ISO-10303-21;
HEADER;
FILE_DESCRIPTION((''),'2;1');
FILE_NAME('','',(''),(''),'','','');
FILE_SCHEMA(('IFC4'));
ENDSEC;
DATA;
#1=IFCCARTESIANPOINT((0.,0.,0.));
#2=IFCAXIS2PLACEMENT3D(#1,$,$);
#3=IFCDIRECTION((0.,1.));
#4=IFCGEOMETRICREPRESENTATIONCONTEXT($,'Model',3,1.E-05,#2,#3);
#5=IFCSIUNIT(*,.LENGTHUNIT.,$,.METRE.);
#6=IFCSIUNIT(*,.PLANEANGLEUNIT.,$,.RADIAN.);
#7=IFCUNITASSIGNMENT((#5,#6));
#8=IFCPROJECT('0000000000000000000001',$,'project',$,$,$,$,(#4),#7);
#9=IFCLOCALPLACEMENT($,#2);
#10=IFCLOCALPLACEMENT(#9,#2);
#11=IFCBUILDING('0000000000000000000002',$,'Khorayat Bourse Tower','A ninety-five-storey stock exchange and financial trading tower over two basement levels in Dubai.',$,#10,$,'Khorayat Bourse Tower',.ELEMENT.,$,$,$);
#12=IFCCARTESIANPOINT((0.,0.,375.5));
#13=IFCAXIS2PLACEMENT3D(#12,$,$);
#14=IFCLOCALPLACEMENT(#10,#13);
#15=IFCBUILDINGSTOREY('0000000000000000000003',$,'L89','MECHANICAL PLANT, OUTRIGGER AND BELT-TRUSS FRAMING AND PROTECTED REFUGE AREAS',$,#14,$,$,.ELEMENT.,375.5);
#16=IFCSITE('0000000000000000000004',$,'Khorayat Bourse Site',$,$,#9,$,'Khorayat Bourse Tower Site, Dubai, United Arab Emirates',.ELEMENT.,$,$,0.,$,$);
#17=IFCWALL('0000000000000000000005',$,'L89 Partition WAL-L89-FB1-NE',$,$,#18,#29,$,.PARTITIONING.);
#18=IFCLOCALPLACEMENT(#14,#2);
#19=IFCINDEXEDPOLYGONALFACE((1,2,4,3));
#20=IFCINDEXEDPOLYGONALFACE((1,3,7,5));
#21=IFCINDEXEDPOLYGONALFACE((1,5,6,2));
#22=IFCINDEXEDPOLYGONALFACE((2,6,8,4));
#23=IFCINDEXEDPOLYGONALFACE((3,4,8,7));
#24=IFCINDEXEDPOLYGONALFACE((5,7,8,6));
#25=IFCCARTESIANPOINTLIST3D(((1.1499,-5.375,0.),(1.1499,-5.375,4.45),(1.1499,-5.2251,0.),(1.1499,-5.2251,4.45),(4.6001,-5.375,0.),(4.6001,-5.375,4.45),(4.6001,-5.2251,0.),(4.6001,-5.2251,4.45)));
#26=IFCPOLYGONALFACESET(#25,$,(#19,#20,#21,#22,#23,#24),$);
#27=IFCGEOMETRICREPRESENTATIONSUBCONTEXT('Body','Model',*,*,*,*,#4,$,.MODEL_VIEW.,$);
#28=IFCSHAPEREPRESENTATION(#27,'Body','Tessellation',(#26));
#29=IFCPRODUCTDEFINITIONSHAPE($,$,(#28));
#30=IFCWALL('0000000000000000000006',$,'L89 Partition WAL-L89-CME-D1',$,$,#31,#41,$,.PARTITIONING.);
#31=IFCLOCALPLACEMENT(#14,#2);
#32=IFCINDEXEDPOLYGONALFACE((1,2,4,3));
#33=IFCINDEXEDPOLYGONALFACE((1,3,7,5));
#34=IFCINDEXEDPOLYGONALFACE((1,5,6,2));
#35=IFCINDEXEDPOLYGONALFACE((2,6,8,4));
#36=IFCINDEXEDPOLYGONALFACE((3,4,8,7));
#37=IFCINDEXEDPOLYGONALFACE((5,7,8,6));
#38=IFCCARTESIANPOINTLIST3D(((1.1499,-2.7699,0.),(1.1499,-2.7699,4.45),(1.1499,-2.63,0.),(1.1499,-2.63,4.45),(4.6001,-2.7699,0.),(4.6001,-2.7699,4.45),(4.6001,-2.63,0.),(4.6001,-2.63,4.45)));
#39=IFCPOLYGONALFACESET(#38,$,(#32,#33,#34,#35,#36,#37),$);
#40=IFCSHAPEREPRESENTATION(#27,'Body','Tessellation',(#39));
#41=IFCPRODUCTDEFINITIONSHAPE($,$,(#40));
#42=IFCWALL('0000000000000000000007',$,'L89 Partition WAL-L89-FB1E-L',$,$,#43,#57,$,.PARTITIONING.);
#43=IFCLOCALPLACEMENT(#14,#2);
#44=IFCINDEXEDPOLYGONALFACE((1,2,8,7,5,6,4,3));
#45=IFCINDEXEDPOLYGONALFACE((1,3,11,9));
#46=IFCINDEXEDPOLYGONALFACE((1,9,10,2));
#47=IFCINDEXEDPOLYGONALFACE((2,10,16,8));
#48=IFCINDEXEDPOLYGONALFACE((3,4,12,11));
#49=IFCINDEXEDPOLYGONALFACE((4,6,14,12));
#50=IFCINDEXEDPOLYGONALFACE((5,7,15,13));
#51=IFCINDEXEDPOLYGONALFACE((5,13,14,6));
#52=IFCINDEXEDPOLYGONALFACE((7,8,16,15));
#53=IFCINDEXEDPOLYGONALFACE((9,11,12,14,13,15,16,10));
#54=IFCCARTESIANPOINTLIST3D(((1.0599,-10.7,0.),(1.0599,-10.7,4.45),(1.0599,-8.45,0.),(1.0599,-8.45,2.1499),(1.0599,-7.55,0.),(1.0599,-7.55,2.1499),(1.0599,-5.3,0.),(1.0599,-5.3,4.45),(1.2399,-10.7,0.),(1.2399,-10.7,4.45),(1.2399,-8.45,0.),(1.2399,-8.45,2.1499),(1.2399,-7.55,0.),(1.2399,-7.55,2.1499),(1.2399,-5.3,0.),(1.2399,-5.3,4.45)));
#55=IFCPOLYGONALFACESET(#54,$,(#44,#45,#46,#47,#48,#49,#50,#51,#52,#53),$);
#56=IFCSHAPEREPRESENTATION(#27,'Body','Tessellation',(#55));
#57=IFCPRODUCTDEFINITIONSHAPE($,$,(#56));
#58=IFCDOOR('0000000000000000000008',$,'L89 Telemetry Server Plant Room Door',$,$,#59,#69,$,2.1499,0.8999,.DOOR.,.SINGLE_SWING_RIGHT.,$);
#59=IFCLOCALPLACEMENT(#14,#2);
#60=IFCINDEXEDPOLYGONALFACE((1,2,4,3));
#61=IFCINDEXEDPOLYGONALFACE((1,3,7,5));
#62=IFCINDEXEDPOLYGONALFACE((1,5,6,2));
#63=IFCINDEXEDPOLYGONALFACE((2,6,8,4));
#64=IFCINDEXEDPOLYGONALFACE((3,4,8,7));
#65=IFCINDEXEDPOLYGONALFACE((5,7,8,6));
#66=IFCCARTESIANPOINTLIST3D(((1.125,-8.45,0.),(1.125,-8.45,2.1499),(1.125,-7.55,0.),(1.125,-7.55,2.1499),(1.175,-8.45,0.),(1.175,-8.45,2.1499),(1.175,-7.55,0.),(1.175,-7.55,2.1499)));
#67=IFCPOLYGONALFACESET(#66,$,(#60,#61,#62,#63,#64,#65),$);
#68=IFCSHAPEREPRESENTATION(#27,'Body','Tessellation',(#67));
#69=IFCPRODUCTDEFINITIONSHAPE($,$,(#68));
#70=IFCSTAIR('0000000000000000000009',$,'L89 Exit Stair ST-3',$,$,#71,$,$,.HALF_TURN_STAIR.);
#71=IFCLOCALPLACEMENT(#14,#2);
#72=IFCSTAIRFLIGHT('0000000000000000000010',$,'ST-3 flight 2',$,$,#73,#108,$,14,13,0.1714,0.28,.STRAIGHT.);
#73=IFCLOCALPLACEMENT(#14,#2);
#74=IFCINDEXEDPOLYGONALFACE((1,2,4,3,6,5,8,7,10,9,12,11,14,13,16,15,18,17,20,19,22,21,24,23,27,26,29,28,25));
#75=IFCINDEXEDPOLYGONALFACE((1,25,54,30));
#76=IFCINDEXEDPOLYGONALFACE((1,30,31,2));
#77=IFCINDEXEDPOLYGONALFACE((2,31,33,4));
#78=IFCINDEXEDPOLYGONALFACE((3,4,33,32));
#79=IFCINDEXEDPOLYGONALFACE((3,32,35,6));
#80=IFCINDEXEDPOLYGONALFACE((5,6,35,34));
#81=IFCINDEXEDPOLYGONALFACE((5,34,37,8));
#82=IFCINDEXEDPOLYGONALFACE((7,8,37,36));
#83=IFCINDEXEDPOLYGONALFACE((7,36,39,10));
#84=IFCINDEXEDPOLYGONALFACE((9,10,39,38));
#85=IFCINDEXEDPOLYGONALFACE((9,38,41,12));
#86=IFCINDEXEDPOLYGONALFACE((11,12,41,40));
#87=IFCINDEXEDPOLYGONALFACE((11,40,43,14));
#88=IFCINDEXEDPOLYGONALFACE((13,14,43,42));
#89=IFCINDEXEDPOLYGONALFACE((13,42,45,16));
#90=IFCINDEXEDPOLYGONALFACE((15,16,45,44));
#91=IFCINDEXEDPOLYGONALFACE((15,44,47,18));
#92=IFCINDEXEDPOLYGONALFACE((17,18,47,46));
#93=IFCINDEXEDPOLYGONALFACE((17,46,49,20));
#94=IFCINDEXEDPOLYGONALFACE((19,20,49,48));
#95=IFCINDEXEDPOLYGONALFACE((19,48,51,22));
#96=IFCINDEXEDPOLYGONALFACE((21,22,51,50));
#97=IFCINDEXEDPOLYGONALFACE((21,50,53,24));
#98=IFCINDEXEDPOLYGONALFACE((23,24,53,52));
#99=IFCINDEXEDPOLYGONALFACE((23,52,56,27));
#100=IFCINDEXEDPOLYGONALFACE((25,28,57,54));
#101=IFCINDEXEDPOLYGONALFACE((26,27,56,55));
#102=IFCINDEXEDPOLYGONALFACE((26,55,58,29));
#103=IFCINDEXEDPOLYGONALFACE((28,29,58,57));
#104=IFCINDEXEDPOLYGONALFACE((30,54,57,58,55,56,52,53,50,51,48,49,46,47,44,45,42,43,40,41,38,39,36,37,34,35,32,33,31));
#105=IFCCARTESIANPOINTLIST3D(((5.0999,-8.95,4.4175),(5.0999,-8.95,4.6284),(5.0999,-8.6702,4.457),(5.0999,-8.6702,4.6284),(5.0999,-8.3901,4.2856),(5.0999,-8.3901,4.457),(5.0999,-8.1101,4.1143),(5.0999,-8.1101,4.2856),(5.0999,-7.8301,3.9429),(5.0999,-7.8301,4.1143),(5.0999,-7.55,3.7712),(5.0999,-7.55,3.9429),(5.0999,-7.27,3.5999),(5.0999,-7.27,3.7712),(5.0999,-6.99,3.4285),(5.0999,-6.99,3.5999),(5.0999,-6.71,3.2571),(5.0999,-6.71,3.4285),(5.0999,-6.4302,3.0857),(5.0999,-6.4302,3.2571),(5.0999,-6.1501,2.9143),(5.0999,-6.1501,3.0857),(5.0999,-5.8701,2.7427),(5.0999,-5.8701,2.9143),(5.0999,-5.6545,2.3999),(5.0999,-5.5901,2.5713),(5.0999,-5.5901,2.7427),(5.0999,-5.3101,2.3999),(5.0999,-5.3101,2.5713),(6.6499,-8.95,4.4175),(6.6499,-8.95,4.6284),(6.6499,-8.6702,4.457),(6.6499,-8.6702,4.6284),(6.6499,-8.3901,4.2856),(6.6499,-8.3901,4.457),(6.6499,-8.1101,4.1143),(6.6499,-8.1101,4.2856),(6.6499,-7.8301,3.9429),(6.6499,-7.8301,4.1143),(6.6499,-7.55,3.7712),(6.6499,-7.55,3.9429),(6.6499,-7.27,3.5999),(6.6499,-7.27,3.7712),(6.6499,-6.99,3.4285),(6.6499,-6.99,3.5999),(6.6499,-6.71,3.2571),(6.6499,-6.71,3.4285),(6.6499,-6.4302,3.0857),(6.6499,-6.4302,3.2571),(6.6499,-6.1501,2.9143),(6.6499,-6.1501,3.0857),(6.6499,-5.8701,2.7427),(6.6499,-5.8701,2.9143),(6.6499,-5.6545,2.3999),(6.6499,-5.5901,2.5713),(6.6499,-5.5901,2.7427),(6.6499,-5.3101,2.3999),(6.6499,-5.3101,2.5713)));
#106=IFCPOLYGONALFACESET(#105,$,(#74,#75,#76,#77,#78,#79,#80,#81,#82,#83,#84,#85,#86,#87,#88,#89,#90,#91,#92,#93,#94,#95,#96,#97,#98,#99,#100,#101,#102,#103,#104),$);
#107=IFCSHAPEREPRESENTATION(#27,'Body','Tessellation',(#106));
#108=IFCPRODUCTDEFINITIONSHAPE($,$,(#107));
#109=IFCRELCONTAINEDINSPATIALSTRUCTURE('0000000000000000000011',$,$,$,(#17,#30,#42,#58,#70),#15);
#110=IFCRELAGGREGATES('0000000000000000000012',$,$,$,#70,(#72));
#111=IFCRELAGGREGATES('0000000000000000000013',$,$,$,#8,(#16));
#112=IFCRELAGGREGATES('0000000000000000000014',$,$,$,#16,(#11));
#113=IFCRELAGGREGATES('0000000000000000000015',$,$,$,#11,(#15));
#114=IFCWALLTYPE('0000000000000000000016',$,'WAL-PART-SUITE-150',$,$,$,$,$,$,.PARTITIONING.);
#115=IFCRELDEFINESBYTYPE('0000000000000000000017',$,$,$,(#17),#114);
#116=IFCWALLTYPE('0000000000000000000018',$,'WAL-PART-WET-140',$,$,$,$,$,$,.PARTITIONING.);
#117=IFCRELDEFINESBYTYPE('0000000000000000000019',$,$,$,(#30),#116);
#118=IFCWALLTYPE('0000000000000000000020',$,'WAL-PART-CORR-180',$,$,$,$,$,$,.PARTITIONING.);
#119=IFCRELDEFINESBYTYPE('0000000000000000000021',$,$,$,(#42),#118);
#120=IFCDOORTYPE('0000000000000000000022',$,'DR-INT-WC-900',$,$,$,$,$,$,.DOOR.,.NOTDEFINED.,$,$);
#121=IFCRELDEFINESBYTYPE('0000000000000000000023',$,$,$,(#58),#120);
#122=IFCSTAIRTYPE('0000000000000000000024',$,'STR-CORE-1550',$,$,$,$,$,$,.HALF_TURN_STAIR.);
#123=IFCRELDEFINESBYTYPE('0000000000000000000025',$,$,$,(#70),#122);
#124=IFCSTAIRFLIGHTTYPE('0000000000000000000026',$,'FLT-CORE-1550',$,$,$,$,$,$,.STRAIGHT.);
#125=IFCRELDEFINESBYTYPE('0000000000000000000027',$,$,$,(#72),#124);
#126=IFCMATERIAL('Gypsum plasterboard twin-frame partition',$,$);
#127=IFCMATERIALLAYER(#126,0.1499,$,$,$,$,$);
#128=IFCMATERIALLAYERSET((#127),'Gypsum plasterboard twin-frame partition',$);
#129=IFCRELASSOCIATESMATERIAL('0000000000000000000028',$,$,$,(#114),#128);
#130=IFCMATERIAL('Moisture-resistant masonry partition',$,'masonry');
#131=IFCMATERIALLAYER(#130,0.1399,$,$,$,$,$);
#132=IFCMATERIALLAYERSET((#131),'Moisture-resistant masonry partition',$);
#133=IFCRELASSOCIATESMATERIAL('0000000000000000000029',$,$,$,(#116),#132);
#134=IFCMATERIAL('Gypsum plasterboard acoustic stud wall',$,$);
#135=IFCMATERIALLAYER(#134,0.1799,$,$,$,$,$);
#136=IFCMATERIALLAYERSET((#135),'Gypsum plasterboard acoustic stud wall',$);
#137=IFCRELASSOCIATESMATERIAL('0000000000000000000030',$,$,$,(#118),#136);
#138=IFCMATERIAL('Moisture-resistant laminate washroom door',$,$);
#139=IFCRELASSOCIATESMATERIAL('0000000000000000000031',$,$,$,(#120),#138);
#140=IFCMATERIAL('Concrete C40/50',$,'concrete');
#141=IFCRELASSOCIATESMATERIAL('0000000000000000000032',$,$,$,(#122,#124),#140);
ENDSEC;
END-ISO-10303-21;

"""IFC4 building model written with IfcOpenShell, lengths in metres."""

from ifc_helpers import new_model, si_unit, direction, frame, frame_2d, origin, place, context, subcontext, project, spatial, polyline, rectangle, outline, extrude, source, transform, mapped, material, layer, layer_set, type_object, element, fill, aggregate, save


model = new_model("IFC4")

# Units and contexts
model_context = context("Model", 3, precision=1e-05, world=origin(), true_north=direction((0.0, 1.0)))
body_context = subcontext(model_context, "Body", "Model", "MODEL_VIEW")
ifc_project = project(units=[si_unit("LENGTHUNIT", "METRE"), si_unit("PLANEANGLEUNIT", "RADIAN")], contexts=[model_context])

# Site, building, storey
site_placement = place(None, origin())
site = spatial("IfcSite", under=ifc_project, at=site_placement, Name="Khorayat Bourse Site", LongName="Khorayat Bourse Tower Site, Dubai, United Arab Emirates", CompositionType="ELEMENT", RefElevation=0.0)
building_placement = place(site_placement, origin())
building = spatial("IfcBuilding", under=site, at=building_placement, Name="Khorayat Bourse Tower", Description="A ninety-five-storey stock exchange and financial trading tower over two basement levels in Dubai.", LongName="Khorayat Bourse Tower", CompositionType="ELEMENT")
storey_placement = place(building_placement, frame((0.0, 0.0, 375.5)))
storey = spatial("IfcBuildingStorey", under=building, at=storey_placement, Name="L89", Description="MECHANICAL PLANT, OUTRIGGER AND BELT-TRUSS FRAMING AND PROTECTED REFUGE AREAS", CompositionType="ELEMENT", Elevation=375.5)

# Walls
ifc_material_1 = material(Name="Gypsum plasterboard twin-frame partition")
ifc_layer_1 = layer(ifc_material_1, 0.1499)
ifc_layer_set_1 = layer_set([ifc_layer_1], Name="Gypsum plasterboard twin-frame partition")
wall_type_1 = type_object("IfcWallType", Name="WAL-PART-SUITE-150", PredefinedType="PARTITIONING", material=ifc_layer_set_1)
shared_shape_1 = source(origin(), body_context, "Body", "SweptSolid", [
    extrude(rectangle(XDim=3.4502, YDim=0.1499, at=frame_2d((1.7251, 0.0))), origin(), (0.0, 0.0, 1.0), 4.45),
])
wall_1_placement = place(storey_placement, frame((1.1499, -5.3, 0.0), z_axis=(0.0, 0.0, 1.0), x_axis=(1.0, 0.0, 0.0)))
element("IfcWall", 1, at=wall_1_placement, inside=storey, type_object=wall_type_1, Name="L89 Partition WAL-L89-FB1-NE", PredefinedType="PARTITIONING", context=body_context, shape_type="MappedRepresentation", body=[
    mapped(shared_shape_1, transform((0.0, 0.0, 0.0), scale=1.0)),
])
ifc_material_2 = material(Name="Moisture-resistant masonry partition", Category="masonry")
ifc_layer_2 = layer(ifc_material_2, 0.1399)
ifc_layer_set_2 = layer_set([ifc_layer_2], Name="Moisture-resistant masonry partition")
wall_type_2 = type_object("IfcWallType", Name="WAL-PART-WET-140", PredefinedType="PARTITIONING", material=ifc_layer_set_2)
shared_shape_2 = source(origin(), body_context, "Body", "SweptSolid", [
    extrude(rectangle(XDim=3.4502, YDim=0.1399, at=frame_2d((1.7251, 0.0))), origin(), (0.0, 0.0, 1.0), 4.45),
])
wall_2_placement = place(storey_placement, frame((1.1499, -2.7, 0.0), z_axis=(0.0, 0.0, 1.0), x_axis=(1.0, 0.0, 0.0)))
element("IfcWall", 2, at=wall_2_placement, inside=storey, type_object=wall_type_2, Name="L89 Partition WAL-L89-CME-D1", PredefinedType="PARTITIONING", context=body_context, shape_type="MappedRepresentation", body=[
    mapped(shared_shape_2, transform((0.0, 0.0, 0.0), scale=1.0)),
])

# Wall, opening, door
ifc_material_3 = material(Name="Gypsum plasterboard acoustic stud wall")
ifc_layer_3 = layer(ifc_material_3, 0.1799)
ifc_layer_set_3 = layer_set([ifc_layer_3], Name="Gypsum plasterboard acoustic stud wall")
wall_type_3 = type_object("IfcWallType", Name="WAL-PART-CORR-180", PredefinedType="PARTITIONING", material=ifc_layer_set_3)
shared_shape_3 = source(origin(), body_context, "Body", "SweptSolid", [
    extrude(rectangle(XDim=5.3999, YDim=0.1799, at=frame_2d((2.7, 0.0))), origin(), (0.0, 0.0, 1.0), 4.45),
])
wall_3_placement = place(storey_placement, frame((1.1499, -10.7, 0.0), z_axis=(0.0, 0.0, 1.0), x_axis=(0.0, 1.0, 0.0)))
wall_3 = element("IfcWall", 3, at=wall_3_placement, inside=storey, type_object=wall_type_3, Name="L89 Partition WAL-L89-FB1E-L", PredefinedType="PARTITIONING", context=body_context, shape_type="MappedRepresentation", body=[
    mapped(shared_shape_3, transform((0.0, 0.0, 0.0), scale=1.0)),
])
shared_shape_4 = source(origin(), body_context, "Body", "SweptSolid", [
    extrude(rectangle(XDim=0.8999, YDim=2.1499, at=frame_2d((0.45, 1.075))), frame((0.0, 0.0999, 0.0), z_axis=(0.0, -1.0, 0.0), x_axis=(1.0, 0.0, 0.0)), (0.0, 0.0, 1.0), 0.2),
])
opening_1_placement = place(wall_3_placement, frame((2.25, 0.0, 0.0)))
opening_1 = element("IfcOpeningElement", 4, at=opening_1_placement, cuts=wall_3, PredefinedType="OPENING", context=body_context, shape_type="MappedRepresentation", body=[
    mapped(shared_shape_4, transform((0.0, 0.0, 0.0), scale=1.0)),
])
ifc_material_4 = material(Name="Moisture-resistant laminate washroom door")
door_type = type_object("IfcDoorType", Name="DR-INT-WC-900", OperationType="NOTDEFINED", PredefinedType="DOOR", material=ifc_material_4)
shared_shape_5 = source(origin(), body_context, "Body", "SweptSolid", [
    extrude(rectangle(XDim=0.8999, YDim=2.1499, at=frame_2d((0.45, 1.075))), frame((0.0, 0.0249, 0.0), z_axis=(0.0, -1.0, 0.0), x_axis=(1.0, 0.0, 0.0)), (0.0, 0.0, 1.0), 0.05),
])
door_1_placement = place(opening_1_placement, origin())
door_1 = element("IfcDoor", 5, at=door_1_placement, inside=storey, type_object=door_type, Name="L89 Telemetry Server Plant Room Door", OperationType="SINGLE_SWING_RIGHT", OverallHeight=2.1499, OverallWidth=0.8999, PredefinedType="DOOR", context=body_context, shape_type="MappedRepresentation", body=[
    mapped(shared_shape_5, transform((0.0, 0.0, 0.0), scale=1.0)),
])
fill(opening_1, door_1)

# Stair, stair flight
ifc_material_5 = material(Name="Concrete C40/50", Category="concrete")
stair_type = type_object("IfcStairType", Name="STR-CORE-1550", PredefinedType="HALF_TURN_STAIR", material=ifc_material_5)
stair_placement = place(storey_placement, origin())
stair = element("IfcStair", 6, at=stair_placement, inside=storey, type_object=stair_type, Name="L89 Exit Stair ST-3", PredefinedType="HALF_TURN_STAIR")
stair_flight_type = type_object("IfcStairFlightType", Name="FLT-CORE-1550", PredefinedType="STRAIGHT", material=ifc_material_5)
shared_shape_6 = source(origin(), body_context, "Body", "SweptSolid", [
    extrude(outline(polyline([(0.0, 0.0), (0.0, 0.1714), (0.28, 0.1714), (0.28, 0.3428), (0.5601, 0.3428), (0.5601, 0.5144), (0.8401, 0.5144), (0.8401, 0.6858), (1.1201, 0.6858), (1.1201, 0.8572), (1.3999, 0.8572), (1.3999, 1.0286), (1.6799, 1.0286), (1.6799, 1.2), (1.96, 1.2), (1.96, 1.3713), (2.24, 1.3713), (2.24, 1.543), (2.52, 1.543), (2.52, 1.7144), (2.8, 1.7144), (2.8, 1.8857), (3.0801, 1.8857), (3.0801, 2.0571), (3.3601, 2.0571), (3.3601, 2.2285), (3.6399, 2.2285), (3.6399, 2.3999), (3.6399, 2.0176), (0.3445, 0.0), (0.0, 0.0)])), frame((0.0, 0.7749, 0.0), z_axis=(0.0, -1.0, 0.0), x_axis=(1.0, 0.0, 0.0)), (0.0, 0.0, 1.0), 1.55),
])
stair_flight_placement = place(storey_placement, frame((5.875, -5.3101, 2.3999), z_axis=(0.0, 0.0, 1.0), x_axis=(0.0, -1.0, 0.0)))
stair_flight = element("IfcStairFlight", 7, at=stair_flight_placement, type_object=stair_flight_type, Name="ST-3 flight 2", NumberOfRisers=14, NumberOfTreads=13, PredefinedType="STRAIGHT", RiserHeight=0.1714, TreadLength=0.28, context=body_context, shape_type="MappedRepresentation", body=[
    mapped(shared_shape_6, transform((0.0, 0.0, 0.0), scale=1.0)),
])
aggregate(stair, [stair_flight])

save(model, "model.ifc")
